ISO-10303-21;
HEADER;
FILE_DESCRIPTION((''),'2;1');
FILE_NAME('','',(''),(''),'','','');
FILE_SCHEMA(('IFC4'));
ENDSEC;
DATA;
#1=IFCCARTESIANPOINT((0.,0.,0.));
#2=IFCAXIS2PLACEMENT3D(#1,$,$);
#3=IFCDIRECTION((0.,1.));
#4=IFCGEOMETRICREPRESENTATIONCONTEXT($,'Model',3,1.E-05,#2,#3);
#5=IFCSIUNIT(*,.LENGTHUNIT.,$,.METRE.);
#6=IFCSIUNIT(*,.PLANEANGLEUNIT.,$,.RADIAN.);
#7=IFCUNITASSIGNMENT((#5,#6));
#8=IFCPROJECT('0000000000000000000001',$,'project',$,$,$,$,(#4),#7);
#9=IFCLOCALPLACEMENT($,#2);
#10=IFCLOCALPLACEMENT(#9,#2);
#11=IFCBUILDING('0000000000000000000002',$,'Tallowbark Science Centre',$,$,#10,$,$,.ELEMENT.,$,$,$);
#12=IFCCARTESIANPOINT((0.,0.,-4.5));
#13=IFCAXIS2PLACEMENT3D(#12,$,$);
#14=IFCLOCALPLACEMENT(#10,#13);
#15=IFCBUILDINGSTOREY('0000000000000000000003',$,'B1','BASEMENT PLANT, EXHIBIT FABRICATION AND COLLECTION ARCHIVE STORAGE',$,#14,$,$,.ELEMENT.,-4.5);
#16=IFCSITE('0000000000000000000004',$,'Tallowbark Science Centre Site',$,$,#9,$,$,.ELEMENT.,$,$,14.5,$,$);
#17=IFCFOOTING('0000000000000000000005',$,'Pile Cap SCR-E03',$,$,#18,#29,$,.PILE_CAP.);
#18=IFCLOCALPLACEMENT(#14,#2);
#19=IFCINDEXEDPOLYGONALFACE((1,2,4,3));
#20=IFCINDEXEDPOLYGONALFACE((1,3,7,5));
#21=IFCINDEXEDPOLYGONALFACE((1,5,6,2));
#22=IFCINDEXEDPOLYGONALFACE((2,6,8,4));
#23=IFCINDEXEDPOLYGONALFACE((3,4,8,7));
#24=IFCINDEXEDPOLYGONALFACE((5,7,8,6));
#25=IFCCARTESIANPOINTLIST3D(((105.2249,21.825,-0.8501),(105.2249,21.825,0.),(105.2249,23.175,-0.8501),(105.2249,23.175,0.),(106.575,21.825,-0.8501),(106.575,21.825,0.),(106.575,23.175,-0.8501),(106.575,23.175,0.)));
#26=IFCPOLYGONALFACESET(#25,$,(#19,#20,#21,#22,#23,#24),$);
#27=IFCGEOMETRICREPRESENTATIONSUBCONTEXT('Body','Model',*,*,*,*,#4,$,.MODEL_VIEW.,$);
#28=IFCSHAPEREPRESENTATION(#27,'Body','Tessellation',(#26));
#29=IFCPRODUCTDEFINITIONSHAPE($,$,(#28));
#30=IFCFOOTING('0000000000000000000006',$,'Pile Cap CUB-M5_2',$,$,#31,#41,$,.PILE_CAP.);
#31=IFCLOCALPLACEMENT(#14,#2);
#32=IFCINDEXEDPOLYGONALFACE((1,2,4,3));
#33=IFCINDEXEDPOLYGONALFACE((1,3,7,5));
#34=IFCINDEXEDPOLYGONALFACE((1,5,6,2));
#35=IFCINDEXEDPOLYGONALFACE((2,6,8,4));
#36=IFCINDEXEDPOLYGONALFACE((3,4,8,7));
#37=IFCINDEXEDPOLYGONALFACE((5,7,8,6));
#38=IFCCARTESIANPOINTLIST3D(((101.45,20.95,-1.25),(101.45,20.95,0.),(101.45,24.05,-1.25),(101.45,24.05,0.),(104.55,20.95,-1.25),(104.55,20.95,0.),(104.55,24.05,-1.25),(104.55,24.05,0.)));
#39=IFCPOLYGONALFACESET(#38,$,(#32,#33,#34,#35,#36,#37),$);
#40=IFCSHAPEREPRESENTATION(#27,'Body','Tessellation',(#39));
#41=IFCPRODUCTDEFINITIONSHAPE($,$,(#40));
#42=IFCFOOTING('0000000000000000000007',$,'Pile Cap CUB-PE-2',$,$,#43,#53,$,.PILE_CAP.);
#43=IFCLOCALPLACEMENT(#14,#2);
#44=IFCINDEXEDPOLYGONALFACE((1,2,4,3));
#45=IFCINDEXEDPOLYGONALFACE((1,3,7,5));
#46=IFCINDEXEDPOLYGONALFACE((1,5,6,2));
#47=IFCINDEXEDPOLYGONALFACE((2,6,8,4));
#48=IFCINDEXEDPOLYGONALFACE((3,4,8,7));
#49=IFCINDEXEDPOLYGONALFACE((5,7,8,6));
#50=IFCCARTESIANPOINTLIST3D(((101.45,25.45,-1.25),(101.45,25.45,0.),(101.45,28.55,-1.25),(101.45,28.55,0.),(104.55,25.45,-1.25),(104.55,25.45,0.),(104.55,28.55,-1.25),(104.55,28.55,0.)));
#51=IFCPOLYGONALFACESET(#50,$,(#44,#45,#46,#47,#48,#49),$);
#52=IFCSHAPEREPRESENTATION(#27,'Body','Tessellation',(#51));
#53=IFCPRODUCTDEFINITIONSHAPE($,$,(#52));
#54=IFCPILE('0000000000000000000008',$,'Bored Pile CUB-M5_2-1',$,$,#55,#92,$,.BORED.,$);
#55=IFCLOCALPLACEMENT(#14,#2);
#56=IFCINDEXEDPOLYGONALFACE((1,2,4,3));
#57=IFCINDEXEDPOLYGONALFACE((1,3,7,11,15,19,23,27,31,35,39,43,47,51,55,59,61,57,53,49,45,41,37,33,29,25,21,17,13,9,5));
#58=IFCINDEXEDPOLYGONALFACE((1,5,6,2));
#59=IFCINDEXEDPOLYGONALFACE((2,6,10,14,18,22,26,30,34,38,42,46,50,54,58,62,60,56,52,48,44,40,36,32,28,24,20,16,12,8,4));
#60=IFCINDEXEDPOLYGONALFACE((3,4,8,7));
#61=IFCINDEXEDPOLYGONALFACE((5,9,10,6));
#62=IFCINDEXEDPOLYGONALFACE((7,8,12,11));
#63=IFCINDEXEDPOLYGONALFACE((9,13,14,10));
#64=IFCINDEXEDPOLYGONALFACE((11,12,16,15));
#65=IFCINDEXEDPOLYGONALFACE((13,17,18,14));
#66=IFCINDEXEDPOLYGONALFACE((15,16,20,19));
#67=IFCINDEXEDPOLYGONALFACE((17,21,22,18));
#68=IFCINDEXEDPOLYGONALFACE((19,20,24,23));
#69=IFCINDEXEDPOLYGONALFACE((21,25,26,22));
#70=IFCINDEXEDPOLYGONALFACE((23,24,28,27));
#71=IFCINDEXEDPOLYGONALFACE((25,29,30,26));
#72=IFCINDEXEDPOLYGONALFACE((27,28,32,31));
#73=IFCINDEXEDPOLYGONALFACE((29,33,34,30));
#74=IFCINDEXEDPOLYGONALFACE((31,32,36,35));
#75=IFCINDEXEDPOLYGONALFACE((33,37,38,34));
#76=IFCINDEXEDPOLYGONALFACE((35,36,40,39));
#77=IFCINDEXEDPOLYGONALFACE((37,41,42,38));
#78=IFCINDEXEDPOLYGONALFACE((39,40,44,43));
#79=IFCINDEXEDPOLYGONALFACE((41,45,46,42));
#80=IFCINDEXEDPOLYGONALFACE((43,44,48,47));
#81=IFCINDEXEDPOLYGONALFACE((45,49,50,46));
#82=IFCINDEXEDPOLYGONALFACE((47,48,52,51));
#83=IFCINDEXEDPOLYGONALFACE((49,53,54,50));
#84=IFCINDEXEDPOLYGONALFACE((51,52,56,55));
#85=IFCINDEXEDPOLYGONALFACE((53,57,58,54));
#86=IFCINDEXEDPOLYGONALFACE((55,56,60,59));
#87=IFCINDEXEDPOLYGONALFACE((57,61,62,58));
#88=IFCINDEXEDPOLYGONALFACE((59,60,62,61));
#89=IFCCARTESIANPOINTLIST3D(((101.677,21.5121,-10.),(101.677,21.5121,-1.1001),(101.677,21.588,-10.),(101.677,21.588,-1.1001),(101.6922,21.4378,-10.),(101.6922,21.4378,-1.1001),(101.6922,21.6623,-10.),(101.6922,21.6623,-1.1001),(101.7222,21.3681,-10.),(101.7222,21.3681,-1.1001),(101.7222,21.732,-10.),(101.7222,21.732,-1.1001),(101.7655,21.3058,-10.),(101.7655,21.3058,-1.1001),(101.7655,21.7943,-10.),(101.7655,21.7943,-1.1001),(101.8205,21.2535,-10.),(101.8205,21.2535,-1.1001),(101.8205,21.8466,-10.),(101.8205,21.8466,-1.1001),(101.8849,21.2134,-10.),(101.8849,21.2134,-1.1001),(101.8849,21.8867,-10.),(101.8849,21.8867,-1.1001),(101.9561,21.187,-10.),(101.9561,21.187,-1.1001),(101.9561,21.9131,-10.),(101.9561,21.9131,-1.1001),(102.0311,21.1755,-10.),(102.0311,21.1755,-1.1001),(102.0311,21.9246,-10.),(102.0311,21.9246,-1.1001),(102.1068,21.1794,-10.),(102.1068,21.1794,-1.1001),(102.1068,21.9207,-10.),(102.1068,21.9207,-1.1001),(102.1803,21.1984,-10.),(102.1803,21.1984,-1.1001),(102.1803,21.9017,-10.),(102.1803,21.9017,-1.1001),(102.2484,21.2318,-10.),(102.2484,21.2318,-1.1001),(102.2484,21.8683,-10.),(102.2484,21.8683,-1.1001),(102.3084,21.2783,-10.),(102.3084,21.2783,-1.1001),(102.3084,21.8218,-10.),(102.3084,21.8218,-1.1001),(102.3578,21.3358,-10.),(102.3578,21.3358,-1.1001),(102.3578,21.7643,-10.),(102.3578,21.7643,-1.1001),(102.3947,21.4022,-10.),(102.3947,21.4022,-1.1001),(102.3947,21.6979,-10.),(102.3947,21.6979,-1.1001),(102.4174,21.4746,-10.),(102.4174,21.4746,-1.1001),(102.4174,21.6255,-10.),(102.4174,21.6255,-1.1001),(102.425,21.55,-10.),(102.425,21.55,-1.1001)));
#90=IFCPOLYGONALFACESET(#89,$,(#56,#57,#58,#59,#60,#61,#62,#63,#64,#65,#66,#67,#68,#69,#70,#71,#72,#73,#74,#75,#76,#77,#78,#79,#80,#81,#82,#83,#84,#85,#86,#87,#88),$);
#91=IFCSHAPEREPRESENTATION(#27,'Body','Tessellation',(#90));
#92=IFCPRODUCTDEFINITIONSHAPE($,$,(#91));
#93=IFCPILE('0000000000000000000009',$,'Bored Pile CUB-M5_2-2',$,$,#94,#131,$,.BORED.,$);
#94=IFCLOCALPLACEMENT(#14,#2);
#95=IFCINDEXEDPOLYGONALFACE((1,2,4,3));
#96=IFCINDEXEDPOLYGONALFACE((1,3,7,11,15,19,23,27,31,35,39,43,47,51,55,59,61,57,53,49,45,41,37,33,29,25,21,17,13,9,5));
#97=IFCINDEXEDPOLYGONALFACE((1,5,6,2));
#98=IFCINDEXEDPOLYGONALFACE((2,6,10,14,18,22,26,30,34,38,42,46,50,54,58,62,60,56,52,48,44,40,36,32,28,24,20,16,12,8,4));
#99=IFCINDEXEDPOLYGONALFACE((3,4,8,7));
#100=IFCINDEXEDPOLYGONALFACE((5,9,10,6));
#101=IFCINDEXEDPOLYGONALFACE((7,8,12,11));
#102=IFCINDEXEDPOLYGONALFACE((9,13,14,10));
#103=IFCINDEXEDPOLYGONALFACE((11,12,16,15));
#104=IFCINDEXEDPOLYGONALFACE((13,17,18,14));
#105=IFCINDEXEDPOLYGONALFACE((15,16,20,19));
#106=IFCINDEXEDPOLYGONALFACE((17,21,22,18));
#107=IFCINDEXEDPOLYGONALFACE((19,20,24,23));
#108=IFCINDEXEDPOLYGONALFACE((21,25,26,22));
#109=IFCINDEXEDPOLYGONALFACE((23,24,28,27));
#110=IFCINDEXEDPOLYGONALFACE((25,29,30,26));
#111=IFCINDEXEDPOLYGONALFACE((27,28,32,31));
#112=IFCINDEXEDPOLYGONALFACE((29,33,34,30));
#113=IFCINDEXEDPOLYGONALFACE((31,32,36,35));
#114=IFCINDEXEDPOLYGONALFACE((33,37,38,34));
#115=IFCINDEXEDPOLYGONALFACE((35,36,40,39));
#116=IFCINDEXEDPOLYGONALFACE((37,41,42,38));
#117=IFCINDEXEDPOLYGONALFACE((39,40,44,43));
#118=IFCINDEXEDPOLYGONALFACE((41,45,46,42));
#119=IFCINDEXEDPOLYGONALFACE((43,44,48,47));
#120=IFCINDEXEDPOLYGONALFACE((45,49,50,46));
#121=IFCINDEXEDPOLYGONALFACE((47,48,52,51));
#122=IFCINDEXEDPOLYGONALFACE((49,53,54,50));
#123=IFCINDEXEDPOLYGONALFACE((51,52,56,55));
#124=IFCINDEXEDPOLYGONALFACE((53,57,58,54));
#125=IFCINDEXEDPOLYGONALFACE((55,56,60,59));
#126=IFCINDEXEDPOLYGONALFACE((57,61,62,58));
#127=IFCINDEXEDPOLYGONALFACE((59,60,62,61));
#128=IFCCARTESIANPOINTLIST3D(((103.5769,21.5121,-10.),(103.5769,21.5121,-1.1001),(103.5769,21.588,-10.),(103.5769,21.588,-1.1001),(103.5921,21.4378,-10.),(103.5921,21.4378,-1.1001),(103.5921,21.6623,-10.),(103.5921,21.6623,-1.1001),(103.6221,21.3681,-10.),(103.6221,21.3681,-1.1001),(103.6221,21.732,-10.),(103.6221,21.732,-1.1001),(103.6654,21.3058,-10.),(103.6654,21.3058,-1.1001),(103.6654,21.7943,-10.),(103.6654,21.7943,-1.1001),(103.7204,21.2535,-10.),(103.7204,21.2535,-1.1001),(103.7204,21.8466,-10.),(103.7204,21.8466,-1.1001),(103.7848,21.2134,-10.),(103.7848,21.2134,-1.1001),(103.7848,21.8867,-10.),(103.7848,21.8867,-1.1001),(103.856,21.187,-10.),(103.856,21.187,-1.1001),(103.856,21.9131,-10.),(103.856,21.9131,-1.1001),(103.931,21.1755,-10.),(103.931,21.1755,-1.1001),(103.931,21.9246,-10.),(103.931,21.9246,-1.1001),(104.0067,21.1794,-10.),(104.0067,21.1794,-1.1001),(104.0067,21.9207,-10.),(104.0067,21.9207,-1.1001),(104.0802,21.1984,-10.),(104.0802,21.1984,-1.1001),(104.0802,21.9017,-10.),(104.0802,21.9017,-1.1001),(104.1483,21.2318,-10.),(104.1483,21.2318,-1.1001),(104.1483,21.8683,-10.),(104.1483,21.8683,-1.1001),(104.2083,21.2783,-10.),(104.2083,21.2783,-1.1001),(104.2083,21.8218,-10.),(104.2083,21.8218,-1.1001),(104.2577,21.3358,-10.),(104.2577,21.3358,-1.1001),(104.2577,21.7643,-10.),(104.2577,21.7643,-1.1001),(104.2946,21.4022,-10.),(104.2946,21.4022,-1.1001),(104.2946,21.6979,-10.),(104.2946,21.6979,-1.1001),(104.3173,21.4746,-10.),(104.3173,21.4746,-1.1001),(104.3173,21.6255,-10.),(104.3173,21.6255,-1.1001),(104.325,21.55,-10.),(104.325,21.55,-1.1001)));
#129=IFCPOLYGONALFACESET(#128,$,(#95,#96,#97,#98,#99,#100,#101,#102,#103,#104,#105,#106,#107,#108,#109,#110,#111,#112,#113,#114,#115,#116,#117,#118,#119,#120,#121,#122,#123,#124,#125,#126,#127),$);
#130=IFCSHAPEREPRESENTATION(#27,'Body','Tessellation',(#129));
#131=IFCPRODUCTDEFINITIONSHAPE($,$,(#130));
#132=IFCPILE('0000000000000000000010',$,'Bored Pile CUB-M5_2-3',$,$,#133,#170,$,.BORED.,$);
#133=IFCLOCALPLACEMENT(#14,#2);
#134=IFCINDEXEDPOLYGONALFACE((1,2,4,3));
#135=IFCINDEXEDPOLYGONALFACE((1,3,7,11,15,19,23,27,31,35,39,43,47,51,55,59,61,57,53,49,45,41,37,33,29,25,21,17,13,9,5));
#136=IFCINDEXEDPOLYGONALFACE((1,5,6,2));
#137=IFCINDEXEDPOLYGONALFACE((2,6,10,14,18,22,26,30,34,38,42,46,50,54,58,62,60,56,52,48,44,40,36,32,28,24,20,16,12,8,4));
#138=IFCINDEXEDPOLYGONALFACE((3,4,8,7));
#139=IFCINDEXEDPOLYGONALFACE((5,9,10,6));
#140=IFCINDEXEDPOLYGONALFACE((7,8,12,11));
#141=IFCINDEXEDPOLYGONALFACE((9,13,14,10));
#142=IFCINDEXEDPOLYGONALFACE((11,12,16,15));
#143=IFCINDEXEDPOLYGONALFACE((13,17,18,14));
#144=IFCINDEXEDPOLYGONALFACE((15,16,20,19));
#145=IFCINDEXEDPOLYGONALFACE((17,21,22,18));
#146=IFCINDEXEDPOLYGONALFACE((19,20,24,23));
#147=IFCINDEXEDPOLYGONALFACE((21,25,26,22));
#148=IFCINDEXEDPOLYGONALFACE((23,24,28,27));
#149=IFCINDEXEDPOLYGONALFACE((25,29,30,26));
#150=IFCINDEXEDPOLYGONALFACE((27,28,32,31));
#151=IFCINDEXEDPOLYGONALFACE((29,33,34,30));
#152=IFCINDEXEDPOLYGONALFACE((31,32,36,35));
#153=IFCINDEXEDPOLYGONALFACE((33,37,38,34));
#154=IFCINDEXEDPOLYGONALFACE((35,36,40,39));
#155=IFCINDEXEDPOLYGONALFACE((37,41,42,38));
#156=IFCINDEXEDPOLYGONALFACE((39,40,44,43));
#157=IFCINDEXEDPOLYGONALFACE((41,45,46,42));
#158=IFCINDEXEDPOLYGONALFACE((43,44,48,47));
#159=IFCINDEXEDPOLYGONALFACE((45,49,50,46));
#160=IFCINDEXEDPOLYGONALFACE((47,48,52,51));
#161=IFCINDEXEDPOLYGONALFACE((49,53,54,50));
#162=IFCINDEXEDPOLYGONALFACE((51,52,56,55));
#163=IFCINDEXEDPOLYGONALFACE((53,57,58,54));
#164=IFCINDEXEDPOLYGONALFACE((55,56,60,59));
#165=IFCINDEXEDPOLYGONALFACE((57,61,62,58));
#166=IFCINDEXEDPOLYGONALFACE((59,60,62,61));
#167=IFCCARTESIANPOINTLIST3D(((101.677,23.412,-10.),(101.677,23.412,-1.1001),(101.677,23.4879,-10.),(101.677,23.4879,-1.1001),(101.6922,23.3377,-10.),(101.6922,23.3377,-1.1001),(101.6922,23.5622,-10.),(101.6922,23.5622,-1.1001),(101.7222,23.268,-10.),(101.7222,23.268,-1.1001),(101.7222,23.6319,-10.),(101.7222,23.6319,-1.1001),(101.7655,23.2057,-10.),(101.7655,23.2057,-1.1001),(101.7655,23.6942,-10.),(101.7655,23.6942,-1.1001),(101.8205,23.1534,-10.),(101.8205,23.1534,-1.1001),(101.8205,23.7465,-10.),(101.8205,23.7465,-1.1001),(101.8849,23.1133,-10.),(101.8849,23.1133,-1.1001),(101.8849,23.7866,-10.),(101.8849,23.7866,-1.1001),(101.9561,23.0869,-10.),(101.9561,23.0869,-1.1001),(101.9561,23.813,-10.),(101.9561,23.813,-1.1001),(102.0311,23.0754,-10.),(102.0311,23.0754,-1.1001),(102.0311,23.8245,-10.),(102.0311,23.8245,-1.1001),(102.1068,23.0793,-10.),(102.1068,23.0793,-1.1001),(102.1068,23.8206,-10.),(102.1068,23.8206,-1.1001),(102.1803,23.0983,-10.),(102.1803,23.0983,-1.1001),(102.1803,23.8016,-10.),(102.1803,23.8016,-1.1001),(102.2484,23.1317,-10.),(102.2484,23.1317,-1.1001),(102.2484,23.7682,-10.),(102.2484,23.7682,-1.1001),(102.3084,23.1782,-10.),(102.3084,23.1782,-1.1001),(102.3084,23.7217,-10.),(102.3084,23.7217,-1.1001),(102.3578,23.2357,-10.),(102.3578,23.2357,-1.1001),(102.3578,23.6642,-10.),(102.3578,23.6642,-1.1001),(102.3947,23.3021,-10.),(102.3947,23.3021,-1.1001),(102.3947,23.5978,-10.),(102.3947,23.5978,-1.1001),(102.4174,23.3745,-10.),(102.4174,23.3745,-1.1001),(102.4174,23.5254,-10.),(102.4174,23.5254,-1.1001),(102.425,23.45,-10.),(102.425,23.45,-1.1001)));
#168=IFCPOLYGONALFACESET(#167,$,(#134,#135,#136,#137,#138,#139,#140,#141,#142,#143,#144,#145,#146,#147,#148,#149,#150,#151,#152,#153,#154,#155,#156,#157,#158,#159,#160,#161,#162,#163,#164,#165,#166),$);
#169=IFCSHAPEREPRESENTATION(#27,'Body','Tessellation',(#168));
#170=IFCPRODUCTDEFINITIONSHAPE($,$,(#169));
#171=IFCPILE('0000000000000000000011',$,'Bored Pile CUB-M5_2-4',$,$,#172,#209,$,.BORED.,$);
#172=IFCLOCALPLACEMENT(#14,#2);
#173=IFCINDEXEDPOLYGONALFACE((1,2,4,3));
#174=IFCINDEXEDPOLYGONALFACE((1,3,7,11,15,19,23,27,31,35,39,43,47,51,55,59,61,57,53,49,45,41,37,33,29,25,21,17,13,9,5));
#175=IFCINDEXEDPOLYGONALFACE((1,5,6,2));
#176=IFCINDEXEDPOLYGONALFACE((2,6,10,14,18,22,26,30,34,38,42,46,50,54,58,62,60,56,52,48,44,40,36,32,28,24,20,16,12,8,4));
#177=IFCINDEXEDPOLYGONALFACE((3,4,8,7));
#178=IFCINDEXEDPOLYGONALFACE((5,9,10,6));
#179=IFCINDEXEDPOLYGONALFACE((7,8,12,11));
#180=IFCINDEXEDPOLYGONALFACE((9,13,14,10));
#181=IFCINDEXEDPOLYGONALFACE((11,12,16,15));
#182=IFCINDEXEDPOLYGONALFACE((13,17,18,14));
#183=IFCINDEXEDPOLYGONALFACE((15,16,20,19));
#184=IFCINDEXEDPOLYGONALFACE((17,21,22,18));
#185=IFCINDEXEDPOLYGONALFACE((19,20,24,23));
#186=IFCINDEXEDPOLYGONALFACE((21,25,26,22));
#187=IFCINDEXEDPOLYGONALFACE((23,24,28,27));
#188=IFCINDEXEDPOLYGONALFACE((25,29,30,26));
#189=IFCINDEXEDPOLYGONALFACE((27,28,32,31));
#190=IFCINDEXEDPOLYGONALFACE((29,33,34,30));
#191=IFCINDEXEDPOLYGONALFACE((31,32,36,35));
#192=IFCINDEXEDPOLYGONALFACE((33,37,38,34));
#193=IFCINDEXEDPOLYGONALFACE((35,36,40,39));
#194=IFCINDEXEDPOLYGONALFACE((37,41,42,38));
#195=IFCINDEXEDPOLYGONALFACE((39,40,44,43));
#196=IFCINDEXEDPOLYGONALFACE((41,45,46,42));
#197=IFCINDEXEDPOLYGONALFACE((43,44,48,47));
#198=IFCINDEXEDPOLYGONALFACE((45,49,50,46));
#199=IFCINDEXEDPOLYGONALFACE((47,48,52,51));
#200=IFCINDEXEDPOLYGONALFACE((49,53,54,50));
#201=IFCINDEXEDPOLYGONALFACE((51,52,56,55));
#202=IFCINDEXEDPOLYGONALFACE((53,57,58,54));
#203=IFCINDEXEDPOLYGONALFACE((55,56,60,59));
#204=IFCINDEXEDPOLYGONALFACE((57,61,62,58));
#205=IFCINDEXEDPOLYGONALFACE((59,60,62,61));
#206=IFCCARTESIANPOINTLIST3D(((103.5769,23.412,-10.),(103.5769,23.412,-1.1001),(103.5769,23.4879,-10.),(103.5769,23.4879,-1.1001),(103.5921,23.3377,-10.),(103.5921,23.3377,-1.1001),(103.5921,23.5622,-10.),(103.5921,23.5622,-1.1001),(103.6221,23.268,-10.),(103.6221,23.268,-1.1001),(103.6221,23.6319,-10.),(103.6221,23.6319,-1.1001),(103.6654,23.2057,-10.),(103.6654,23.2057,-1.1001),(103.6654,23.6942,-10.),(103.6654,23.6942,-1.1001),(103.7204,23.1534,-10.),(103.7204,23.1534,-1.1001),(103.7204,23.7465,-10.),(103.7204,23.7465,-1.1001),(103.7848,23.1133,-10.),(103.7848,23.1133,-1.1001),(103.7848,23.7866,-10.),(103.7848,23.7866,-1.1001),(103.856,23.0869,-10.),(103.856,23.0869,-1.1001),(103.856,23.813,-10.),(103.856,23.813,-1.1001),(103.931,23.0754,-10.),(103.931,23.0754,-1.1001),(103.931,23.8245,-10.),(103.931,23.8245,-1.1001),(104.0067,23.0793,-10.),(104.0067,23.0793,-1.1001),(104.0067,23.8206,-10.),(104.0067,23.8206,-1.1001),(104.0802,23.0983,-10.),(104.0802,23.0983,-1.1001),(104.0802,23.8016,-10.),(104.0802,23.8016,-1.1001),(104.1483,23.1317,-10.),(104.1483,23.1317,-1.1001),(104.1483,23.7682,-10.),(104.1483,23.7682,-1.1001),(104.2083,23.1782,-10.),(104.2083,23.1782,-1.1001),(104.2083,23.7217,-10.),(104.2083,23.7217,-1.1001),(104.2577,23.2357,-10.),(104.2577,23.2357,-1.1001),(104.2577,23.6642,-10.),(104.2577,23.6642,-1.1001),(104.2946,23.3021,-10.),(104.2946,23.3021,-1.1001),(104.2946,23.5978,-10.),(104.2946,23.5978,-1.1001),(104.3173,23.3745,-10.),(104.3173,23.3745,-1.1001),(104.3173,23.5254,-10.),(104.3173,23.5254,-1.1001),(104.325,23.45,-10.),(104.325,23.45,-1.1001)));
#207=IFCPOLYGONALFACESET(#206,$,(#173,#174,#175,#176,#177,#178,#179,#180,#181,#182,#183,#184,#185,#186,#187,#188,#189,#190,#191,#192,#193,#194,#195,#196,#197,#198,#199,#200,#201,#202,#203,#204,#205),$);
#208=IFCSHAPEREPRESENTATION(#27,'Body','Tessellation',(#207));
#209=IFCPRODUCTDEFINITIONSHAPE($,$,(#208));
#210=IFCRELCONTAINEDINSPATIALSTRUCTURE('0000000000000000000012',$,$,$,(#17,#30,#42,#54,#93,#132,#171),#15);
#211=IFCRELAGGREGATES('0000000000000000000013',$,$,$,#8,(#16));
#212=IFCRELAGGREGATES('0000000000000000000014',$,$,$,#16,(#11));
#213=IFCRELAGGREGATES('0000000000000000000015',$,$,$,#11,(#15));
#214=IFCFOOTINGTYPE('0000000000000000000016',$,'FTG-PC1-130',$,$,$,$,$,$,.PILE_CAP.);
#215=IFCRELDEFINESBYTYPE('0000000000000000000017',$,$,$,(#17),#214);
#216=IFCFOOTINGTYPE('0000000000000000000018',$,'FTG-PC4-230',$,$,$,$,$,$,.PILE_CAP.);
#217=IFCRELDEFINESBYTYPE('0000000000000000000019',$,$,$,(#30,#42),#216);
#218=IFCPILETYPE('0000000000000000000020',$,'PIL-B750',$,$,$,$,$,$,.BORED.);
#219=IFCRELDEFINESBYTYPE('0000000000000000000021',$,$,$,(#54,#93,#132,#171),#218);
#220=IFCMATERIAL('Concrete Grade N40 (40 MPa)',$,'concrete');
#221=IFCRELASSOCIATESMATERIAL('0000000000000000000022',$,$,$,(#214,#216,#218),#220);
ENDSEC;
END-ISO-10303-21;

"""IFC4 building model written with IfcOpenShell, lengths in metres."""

from ifc_helpers import new_model, si_unit, direction, frame, origin, origin_2d, place, context, subcontext, project, spatial, rectangle, circle, extrude, material, material_profile, profile_set, type_object, element, save


model = new_model("IFC4")

# Units and contexts
model_context = context("Model", 3, precision=1e-05, world=origin(), true_north=direction((0.0, 1.0)))
body_context = subcontext(model_context, "Body", "Model", "MODEL_VIEW")
ifc_project = project(units=[si_unit("LENGTHUNIT", "METRE"), si_unit("PLANEANGLEUNIT", "RADIAN")], contexts=[model_context])

# Site, building, storey
site_placement = place(None, origin())
site = spatial("IfcSite", under=ifc_project, at=site_placement, Name="Tallowbark Science Centre Site", CompositionType="ELEMENT", RefElevation=14.5)
building_placement = place(site_placement, origin())
building = spatial("IfcBuilding", under=site, at=building_placement, Name="Tallowbark Science Centre", CompositionType="ELEMENT")
storey_placement = place(building_placement, frame((0.0, 0.0, -4.5)))
storey = spatial("IfcBuildingStorey", under=building, at=storey_placement, Name="B1", Description="BASEMENT PLANT, EXHIBIT FABRICATION AND COLLECTION ARCHIVE STORAGE", CompositionType="ELEMENT", Elevation=-4.5)

# Footings
ifc_material_1 = material(Name="Concrete Grade N40 (40 MPa)", Category="concrete")
footing_type_1 = type_object("IfcFootingType", Name="FTG-PC1-130", PredefinedType="PILE_CAP", material=ifc_material_1)
footing_placement = place(storey_placement, frame((105.8999, 22.5, -0.8501), z_axis=(0.0, 0.0, 1.0), x_axis=(1.0, 0.0, 0.0)))
element("IfcFooting", 1, at=footing_placement, inside=storey, type_object=footing_type_1, Name="Pile Cap SCR-E03", PredefinedType="PILE_CAP", context=body_context, shape_type="SweptSolid", body=[
    extrude(rectangle(XDim=1.3501, YDim=1.3501, at=origin_2d()), origin(), (0.0, 0.0, 1.0), 0.8501),
])
footing_type_2 = type_object("IfcFootingType", Name="FTG-PC4-230", PredefinedType="PILE_CAP", material=ifc_material_1)
for number, where, z_axis, x_axis, name in (
    (2, (103.0, 22.5, -1.25), (0.0, 0.0, 1.0), (1.0, 0.0, 0.0), "Pile Cap CUB-M5_2"),
    (3, (103.0, 27.0, -1.25), (0.0, 0.0, 1.0), (1.0, 0.0, 0.0), "Pile Cap CUB-PE-2"),
):
    element("IfcFooting", number, at=place(storey_placement, frame(where, z_axis=z_axis, x_axis=x_axis)), inside=storey, type_object=footing_type_2, Name=name, PredefinedType="PILE_CAP", context=body_context, shape_type="SweptSolid", body=[
        extrude(rectangle(XDim=3.1001, YDim=3.1001, at=origin_2d()), origin(), (0.0, 0.0, 1.0), 1.25),
    ])

# Piles
ifc_material_profile_1 = material_profile(ifc_material_1, circle(Radius=0.375, at=origin_2d()), Name="PILE750")
ifc_profile_set_1 = profile_set([ifc_material_profile_1], Name="Concrete Grade N40 (40 MPa)")
pile_type = type_object("IfcPileType", Name="PIL-B750", PredefinedType="BORED", material=ifc_profile_set_1)
for number, where, z_axis, x_axis, name in (
    (4, (102.05, 21.55, -1.1001), (0.0, 0.0, -1.0), (1.0, 0.0, 0.0), "Bored Pile CUB-M5_2-1"),
    (5, (103.95, 21.55, -1.1001), (0.0, 0.0, -1.0), (1.0, 0.0, 0.0), "Bored Pile CUB-M5_2-2"),
    (6, (102.05, 23.45, -1.1001), (0.0, 0.0, -1.0), (1.0, 0.0, 0.0), "Bored Pile CUB-M5_2-3"),
    (7, (103.95, 23.45, -1.1001), (0.0, 0.0, -1.0), (1.0, 0.0, 0.0), "Bored Pile CUB-M5_2-4"),
):
    element("IfcPile", number, at=place(storey_placement, frame(where, z_axis=z_axis, x_axis=x_axis)), inside=storey, type_object=pile_type, Name=name, PredefinedType="BORED", context=body_context, shape_type="SweptSolid", body=[
        extrude(circle(Radius=0.375, at=origin_2d()), origin(), (0.0, 0.0, 1.0), 8.8999),
    ])

save(model, "model.ifc")
